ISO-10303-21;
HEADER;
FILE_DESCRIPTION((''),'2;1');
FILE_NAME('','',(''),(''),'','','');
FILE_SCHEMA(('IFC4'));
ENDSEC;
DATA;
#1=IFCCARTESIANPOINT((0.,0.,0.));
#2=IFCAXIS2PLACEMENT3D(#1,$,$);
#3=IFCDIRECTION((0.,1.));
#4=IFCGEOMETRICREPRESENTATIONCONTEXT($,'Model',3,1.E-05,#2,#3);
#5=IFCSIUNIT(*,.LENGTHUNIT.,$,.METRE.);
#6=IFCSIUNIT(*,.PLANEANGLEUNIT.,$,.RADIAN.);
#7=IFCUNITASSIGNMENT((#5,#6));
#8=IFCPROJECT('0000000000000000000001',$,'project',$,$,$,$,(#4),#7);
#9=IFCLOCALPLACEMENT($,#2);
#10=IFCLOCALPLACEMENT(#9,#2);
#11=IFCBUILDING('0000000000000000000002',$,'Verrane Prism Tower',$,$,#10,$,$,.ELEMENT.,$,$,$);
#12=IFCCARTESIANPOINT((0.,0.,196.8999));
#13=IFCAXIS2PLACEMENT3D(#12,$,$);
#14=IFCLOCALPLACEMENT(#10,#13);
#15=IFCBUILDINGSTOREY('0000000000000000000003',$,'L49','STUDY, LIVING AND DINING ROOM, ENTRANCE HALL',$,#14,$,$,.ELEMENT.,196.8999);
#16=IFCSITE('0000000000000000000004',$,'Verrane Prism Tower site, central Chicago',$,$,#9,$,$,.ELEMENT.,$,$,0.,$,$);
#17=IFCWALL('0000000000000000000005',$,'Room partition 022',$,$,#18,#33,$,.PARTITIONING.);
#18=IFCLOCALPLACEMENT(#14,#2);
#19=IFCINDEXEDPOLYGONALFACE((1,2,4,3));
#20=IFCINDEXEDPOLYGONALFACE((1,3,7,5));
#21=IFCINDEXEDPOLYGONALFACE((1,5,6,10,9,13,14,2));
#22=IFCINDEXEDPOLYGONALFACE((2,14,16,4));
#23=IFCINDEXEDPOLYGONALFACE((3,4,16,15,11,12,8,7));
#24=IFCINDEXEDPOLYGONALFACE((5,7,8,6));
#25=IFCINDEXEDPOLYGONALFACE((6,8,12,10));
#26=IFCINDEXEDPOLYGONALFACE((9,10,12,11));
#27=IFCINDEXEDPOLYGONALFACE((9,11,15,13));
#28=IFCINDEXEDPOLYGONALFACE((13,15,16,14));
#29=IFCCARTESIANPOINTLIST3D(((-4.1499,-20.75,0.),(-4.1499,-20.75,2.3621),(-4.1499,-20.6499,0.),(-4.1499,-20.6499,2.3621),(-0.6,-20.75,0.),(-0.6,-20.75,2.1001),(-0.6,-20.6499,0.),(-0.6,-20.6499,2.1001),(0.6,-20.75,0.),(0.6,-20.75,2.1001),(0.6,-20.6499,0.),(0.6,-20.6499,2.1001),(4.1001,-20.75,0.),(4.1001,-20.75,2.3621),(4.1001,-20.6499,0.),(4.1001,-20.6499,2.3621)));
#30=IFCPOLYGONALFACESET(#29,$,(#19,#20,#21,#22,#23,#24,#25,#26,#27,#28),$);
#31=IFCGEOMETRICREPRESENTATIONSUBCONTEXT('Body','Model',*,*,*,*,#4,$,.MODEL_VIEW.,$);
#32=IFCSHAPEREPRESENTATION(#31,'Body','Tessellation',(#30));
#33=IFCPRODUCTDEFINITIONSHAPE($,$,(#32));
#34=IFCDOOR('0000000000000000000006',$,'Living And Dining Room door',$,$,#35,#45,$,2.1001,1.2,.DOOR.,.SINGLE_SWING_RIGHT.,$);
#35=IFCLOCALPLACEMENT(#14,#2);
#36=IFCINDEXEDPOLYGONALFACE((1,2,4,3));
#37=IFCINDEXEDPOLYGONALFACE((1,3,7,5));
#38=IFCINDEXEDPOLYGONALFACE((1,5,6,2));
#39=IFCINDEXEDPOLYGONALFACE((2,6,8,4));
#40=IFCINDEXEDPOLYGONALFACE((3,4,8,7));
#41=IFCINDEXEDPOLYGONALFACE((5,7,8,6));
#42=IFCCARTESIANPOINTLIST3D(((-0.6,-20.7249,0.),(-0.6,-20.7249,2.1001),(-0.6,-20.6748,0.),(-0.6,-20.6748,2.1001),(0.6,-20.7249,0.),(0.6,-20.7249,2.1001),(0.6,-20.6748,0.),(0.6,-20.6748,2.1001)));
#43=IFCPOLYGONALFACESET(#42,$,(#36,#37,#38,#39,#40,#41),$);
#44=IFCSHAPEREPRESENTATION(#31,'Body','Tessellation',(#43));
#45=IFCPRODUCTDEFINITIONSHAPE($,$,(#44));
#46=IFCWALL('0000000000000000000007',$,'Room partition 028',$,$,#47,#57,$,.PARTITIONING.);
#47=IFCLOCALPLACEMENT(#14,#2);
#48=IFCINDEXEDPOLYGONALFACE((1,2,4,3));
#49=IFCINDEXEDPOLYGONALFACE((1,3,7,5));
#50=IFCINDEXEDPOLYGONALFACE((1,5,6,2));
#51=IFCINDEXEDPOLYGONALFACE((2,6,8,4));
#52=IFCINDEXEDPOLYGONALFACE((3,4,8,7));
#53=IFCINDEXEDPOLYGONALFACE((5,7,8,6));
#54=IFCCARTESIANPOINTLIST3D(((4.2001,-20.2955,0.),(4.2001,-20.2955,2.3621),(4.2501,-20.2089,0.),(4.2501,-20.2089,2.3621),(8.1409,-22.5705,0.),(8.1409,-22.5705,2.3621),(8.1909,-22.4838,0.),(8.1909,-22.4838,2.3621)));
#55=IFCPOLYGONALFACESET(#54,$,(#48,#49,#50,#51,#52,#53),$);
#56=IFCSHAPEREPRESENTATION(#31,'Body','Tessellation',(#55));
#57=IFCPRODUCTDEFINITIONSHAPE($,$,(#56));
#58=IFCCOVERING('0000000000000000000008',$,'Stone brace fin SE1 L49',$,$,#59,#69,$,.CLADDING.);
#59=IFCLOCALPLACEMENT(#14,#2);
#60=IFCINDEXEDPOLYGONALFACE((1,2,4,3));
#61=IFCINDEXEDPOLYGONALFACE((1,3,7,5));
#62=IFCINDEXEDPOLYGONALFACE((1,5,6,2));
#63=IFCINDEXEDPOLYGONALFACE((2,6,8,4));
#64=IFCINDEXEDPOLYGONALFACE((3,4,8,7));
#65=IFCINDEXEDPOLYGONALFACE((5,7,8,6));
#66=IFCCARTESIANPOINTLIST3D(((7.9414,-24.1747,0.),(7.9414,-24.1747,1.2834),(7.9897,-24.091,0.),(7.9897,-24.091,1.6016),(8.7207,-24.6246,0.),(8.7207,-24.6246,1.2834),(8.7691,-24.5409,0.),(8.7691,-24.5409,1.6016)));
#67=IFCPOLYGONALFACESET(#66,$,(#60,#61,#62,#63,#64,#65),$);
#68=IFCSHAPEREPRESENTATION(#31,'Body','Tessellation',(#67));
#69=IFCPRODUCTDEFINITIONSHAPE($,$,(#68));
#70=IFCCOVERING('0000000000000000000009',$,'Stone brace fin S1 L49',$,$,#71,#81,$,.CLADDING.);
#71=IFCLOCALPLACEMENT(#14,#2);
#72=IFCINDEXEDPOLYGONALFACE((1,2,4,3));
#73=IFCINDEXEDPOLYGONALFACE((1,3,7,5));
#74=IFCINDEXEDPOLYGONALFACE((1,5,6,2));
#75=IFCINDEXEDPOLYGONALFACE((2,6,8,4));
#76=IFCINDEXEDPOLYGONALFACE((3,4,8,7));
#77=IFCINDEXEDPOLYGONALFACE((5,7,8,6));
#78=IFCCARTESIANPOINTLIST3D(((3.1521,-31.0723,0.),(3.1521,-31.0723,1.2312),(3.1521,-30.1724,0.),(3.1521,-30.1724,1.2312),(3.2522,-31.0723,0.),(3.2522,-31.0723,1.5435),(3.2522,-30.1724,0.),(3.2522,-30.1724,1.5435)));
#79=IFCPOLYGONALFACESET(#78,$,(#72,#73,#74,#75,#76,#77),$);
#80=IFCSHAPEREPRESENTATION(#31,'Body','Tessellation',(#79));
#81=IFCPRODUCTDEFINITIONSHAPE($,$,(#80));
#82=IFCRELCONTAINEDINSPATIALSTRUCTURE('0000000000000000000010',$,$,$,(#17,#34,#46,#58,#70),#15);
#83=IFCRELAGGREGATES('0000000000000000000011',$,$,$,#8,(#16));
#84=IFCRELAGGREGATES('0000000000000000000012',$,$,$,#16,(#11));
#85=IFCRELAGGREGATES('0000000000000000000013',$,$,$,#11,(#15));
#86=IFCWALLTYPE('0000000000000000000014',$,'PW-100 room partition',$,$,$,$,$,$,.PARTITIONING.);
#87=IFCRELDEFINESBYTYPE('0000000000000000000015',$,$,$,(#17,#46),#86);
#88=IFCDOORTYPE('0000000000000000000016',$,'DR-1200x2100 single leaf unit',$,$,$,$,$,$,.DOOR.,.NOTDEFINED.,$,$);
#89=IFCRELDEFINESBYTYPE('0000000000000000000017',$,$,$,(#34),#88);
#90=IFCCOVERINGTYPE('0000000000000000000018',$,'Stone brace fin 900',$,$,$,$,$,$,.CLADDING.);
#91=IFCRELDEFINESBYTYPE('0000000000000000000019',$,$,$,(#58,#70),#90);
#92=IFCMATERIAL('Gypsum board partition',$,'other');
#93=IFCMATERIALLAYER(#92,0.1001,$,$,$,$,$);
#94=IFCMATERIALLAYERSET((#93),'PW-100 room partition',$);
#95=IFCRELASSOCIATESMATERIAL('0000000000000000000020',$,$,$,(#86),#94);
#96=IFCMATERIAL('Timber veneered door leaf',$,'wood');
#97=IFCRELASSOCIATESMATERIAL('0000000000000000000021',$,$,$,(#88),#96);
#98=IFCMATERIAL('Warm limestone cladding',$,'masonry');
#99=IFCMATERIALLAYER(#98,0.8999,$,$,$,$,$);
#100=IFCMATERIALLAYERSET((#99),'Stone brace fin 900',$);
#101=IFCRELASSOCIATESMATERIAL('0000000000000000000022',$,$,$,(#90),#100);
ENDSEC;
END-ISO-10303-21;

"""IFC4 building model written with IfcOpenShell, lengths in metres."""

from ifc_helpers import new_model, si_unit, direction, frame, frame_2d, origin, place, context, subcontext, project, spatial, polyline, rectangle, outline, extrude, material, layer, layer_set, type_object, element, fill, save


model = new_model("IFC4")

# Units and contexts
model_context = context("Model", 3, precision=1e-05, world=origin(), true_north=direction((0.0, 1.0)))
body_context = subcontext(model_context, "Body", "Model", "MODEL_VIEW")
ifc_project = project(units=[si_unit("LENGTHUNIT", "METRE"), si_unit("PLANEANGLEUNIT", "RADIAN")], contexts=[model_context])

# Site, building, storey
site_placement = place(None, origin())
site = spatial("IfcSite", under=ifc_project, at=site_placement, Name="Verrane Prism Tower site, central Chicago", CompositionType="ELEMENT", RefElevation=0.0)
building_placement = place(site_placement, origin())
building = spatial("IfcBuilding", under=site, at=building_placement, Name="Verrane Prism Tower", CompositionType="ELEMENT")
storey_placement = place(building_placement, frame((0.0, 0.0, 196.8999)))
storey = spatial("IfcBuildingStorey", under=building, at=storey_placement, Name="L49", Description="STUDY, LIVING AND DINING ROOM, ENTRANCE HALL", CompositionType="ELEMENT", Elevation=196.8999)

# Wall, opening, door
ifc_material_1 = material(Name="Gypsum board partition", Category="other")
ifc_layer_1 = layer(ifc_material_1, 0.1001)
ifc_layer_set_1 = layer_set([ifc_layer_1], Name="PW-100 room partition")
wall_type = type_object("IfcWallType", Name="PW-100 room partition", PredefinedType="PARTITIONING", material=ifc_layer_set_1)
wall_1_placement = place(storey_placement, frame((4.1001, -20.7, 0.0), z_axis=(0.0, 0.0, 1.0), x_axis=(-1.0, 0.0, 0.0)))
wall_1 = element("IfcWall", 1, at=wall_1_placement, inside=storey, type_object=wall_type, Name="Room partition 022", PredefinedType="PARTITIONING", context=body_context, shape_type="SweptSolid", body=[
    extrude(rectangle(XDim=8.25, YDim=0.1001, at=frame_2d((4.125, 0.0))), origin(), (0.0, 0.0, 1.0), 2.3621),
])
opening_placement = place(wall_1_placement, frame((3.5, 0.0, 0.0)))
opening = element("IfcOpeningElement", 2, at=opening_placement, cuts=wall_1, PredefinedType="OPENING", context=body_context, shape_type="SweptSolid", body=[
    extrude(rectangle(XDim=1.2, YDim=2.1001, at=frame_2d((0.6001, 1.05))), frame((0.0, 0.0601, 0.0), z_axis=(0.0, -1.0, 0.0), x_axis=(1.0, 0.0, 0.0)), (0.0, 0.0, 1.0), 0.1201),
])
ifc_material_2 = material(Name="Timber veneered door leaf", Category="wood")
door_type = type_object("IfcDoorType", Name="DR-1200x2100 single leaf unit", OperationType="NOTDEFINED", PredefinedType="DOOR", material=ifc_material_2)
door_placement = place(opening_placement, origin())
door = element("IfcDoor", 3, at=door_placement, inside=storey, type_object=door_type, Name="Living And Dining Room door", OperationType="SINGLE_SWING_RIGHT", OverallHeight=2.1001, OverallWidth=1.2, PredefinedType="DOOR", context=body_context, shape_type="SweptSolid", body=[
    extrude(rectangle(XDim=1.2, YDim=2.1001, at=frame_2d((0.6001, 1.05))), frame((0.0, 0.0249, 0.0), z_axis=(0.0, -1.0, 0.0), x_axis=(1.0, 0.0, 0.0)), (0.0, 0.0, 1.0), 0.05),
])
fill(opening, door)

# Wall
wall_2_placement = place(storey_placement, frame((4.2251, -20.2522, 0.0), z_axis=(0.0, 0.0, 1.0), x_axis=(0.866049, -0.499959, 0.0)))
element("IfcWall", 4, at=wall_2_placement, inside=storey, type_object=wall_type, Name="Room partition 028", PredefinedType="PARTITIONING", context=body_context, shape_type="SweptSolid", body=[
    extrude(rectangle(XDim=4.5503, YDim=0.1001, at=frame_2d((2.2751, 0.0))), origin(), (0.0, 0.0, 1.0), 2.3621),
])

# Coverings
ifc_material_3 = material(Name="Warm limestone cladding", Category="masonry")
ifc_layer_2 = layer(ifc_material_3, 0.8999)
ifc_layer_set_2 = layer_set([ifc_layer_2], Name="Stone brace fin 900")
covering_type = type_object("IfcCoveringType", Name="Stone brace fin 900", PredefinedType="CLADDING", material=ifc_layer_set_2)
covering_1_placement = place(storey_placement, frame((8.3311, -24.3997, 0.0), z_axis=(0.0, 0.0, 1.0), x_axis=(0.499941, 0.866059, 0.0)))
element("IfcCovering", 5, at=covering_1_placement, inside=storey, type_object=covering_type, Name="Stone brace fin SE1 L49", PredefinedType="CLADDING", context=body_context, shape_type="SweptSolid", body=[
    extrude(outline(polyline([(0.0, 0.0), (0.0967, 0.0), (0.0967, 1.6016), (0.0, 1.2834), (0.0, 0.0)])), frame((0.0, 0.45, 0.0), z_axis=(0.0, -1.0, 0.0), x_axis=(1.0, 0.0, 0.0)), (0.0, 0.0, 1.0), 0.8999),
])
covering_2_placement = place(storey_placement, frame((3.1521, -30.6223, 0.0), z_axis=(0.0, 0.0, 1.0), x_axis=(1.0, 0.0, 0.0)))
element("IfcCovering", 6, at=covering_2_placement, inside=storey, type_object=covering_type, Name="Stone brace fin S1 L49", PredefinedType="CLADDING", context=body_context, shape_type="SweptSolid", body=[
    extrude(outline(polyline([(0.0, 0.0), (0.1001, 0.0), (0.1001, 1.5435), (0.0, 1.2312), (0.0, 0.0)])), frame((0.0, 0.45, 0.0), z_axis=(0.0, -1.0, 0.0), x_axis=(1.0, 0.0, 0.0)), (0.0, 0.0, 1.0), 0.8999),
])

save(model, "model.ifc")
